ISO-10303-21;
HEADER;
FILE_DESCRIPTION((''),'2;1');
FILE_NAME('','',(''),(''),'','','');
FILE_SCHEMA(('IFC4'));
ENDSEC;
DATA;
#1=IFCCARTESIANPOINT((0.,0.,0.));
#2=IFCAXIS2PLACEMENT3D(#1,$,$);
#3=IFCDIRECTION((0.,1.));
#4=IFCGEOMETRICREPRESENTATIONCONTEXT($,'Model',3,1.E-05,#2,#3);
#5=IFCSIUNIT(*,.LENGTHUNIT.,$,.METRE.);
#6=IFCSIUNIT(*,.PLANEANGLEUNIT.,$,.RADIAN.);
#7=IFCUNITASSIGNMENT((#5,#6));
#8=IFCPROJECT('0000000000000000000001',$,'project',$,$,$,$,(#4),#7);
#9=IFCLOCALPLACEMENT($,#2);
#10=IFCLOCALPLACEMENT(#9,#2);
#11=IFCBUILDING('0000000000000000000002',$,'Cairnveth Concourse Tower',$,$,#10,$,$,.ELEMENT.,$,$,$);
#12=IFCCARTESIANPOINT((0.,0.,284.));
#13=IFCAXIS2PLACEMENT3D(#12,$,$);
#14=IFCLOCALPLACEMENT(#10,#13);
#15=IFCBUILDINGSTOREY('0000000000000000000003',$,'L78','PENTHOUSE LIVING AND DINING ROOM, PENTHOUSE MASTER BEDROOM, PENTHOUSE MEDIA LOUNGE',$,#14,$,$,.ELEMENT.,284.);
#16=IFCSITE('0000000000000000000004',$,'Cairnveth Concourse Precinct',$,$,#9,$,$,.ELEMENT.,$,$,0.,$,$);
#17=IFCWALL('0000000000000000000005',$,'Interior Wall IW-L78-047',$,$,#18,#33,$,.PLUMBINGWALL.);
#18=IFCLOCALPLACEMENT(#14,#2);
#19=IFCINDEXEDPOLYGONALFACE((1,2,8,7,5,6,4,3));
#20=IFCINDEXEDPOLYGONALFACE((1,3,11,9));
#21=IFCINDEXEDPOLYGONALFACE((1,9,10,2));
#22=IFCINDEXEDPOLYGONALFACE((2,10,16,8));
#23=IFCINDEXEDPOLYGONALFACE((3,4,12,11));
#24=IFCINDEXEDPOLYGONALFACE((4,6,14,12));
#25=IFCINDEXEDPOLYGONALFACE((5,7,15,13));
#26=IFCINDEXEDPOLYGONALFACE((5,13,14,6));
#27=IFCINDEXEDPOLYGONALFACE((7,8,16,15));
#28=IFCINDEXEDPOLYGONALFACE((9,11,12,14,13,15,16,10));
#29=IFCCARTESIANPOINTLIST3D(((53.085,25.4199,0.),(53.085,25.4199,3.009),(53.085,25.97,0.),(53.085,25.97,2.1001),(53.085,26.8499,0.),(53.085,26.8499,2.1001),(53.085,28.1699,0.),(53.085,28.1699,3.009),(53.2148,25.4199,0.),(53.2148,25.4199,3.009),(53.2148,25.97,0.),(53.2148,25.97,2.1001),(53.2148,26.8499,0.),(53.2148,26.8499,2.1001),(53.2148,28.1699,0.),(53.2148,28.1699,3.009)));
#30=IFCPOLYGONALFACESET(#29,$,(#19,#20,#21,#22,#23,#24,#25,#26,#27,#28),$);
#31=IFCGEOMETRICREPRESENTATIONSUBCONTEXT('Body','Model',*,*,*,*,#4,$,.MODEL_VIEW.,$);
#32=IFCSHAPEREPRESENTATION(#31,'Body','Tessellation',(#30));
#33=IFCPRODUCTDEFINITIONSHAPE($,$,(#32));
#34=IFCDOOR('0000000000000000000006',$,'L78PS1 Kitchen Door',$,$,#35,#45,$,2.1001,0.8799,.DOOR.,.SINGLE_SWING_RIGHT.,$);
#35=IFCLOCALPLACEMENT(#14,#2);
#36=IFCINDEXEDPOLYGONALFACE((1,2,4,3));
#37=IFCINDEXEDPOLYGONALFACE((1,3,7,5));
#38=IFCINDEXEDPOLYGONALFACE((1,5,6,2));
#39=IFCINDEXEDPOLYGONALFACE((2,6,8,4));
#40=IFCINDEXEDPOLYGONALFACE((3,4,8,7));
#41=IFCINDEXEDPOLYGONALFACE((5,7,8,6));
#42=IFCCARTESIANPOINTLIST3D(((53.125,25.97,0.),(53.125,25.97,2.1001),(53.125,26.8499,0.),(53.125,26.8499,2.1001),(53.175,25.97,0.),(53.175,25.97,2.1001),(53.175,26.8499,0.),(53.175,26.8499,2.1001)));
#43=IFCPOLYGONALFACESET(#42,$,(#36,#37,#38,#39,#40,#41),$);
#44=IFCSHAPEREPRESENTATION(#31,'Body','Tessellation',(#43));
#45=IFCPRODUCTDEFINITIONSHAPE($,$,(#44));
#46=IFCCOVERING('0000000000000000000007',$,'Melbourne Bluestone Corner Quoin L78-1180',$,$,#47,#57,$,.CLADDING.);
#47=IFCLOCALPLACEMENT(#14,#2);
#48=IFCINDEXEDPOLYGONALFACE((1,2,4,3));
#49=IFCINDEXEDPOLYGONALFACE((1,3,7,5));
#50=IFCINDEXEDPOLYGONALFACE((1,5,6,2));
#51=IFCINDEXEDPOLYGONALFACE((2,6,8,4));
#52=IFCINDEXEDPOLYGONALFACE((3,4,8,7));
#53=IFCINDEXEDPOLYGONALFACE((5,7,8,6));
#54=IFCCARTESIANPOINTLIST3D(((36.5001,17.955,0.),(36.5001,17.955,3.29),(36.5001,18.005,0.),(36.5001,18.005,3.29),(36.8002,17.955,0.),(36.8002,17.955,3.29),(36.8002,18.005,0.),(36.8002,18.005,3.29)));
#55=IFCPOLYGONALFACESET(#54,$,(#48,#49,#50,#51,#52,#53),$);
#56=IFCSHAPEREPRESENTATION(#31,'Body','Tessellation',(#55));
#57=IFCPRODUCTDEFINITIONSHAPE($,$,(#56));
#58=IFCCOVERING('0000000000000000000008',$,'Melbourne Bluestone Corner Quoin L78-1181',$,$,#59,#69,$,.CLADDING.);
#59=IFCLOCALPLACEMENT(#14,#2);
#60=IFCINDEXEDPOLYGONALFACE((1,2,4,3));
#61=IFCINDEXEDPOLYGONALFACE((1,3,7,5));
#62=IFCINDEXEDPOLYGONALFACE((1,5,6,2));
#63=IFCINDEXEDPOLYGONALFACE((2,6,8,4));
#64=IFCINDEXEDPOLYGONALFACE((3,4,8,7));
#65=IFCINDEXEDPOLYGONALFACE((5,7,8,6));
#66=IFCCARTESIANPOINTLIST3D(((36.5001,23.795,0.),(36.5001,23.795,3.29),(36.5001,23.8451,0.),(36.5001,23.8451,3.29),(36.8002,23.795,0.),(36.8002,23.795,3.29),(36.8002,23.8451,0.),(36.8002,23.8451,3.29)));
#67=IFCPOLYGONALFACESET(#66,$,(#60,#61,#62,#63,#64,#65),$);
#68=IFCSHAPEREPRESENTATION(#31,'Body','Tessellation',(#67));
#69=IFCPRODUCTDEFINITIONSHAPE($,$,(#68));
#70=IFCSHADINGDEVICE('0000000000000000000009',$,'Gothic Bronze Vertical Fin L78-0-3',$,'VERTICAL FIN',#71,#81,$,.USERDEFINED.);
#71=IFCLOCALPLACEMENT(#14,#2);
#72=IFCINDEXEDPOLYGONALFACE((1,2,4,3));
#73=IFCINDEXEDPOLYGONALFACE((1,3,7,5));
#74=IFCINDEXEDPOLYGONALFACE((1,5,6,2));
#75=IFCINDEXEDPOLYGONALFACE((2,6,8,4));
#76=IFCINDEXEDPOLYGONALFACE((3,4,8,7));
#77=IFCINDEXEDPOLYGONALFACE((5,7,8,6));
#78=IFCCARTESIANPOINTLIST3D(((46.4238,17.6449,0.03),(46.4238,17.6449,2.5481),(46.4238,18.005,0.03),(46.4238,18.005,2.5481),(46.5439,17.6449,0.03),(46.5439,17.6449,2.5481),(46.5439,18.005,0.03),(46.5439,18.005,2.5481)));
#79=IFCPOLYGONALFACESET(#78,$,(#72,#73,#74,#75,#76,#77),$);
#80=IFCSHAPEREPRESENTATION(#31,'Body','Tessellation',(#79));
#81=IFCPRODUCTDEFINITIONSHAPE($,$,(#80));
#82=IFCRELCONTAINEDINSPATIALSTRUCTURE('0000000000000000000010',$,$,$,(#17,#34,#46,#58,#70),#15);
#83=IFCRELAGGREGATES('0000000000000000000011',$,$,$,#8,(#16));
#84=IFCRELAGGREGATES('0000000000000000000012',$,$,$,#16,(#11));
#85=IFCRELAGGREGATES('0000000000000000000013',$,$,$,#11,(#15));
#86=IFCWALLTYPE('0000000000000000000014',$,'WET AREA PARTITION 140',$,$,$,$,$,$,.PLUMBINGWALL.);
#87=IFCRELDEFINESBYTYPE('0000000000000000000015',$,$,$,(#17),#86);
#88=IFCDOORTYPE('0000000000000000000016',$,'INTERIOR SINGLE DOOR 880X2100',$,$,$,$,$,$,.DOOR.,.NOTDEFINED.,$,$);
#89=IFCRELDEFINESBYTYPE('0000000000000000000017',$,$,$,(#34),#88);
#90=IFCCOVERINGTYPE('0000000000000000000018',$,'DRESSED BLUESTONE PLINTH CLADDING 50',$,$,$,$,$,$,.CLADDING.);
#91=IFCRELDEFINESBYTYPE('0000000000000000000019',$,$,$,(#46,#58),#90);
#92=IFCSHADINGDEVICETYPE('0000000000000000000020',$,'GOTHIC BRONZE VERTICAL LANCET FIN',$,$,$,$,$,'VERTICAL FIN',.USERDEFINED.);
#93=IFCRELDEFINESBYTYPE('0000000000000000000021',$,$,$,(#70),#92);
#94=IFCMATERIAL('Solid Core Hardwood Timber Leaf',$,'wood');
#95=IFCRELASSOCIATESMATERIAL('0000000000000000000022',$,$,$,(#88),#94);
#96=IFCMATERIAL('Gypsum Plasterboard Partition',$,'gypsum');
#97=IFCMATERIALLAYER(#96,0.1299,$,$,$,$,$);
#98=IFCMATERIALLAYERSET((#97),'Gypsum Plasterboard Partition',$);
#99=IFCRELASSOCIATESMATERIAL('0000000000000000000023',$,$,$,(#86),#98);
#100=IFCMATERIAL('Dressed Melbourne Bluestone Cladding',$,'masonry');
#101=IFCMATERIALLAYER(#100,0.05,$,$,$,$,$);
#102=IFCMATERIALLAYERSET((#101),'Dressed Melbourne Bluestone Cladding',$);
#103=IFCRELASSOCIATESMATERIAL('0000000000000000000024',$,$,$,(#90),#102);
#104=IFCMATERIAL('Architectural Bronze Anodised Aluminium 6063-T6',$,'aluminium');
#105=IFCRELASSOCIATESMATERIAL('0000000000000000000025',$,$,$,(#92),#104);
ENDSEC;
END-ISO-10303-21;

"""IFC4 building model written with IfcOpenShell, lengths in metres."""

from ifc_helpers import new_model, si_unit, direction, frame, frame_2d, origin, origin_2d, place, context, subcontext, project, spatial, rectangle, extrude, material, layer, layer_set, type_object, element, fill, save


model = new_model("IFC4")

# Units and contexts
model_context = context("Model", 3, precision=1e-05, world=origin(), true_north=direction((0.0, 1.0)))
body_context = subcontext(model_context, "Body", "Model", "MODEL_VIEW")
ifc_project = project(units=[si_unit("LENGTHUNIT", "METRE"), si_unit("PLANEANGLEUNIT", "RADIAN")], contexts=[model_context])

# Site, building, storey
site_placement = place(None, origin())
site = spatial("IfcSite", under=ifc_project, at=site_placement, Name="Cairnveth Concourse Precinct", CompositionType="ELEMENT", RefElevation=0.0)
building_placement = place(site_placement, origin())
building = spatial("IfcBuilding", under=site, at=building_placement, Name="Cairnveth Concourse Tower", CompositionType="ELEMENT")
storey_placement = place(building_placement, frame((0.0, 0.0, 284.0)))
storey = spatial("IfcBuildingStorey", under=building, at=storey_placement, Name="L78", Description="PENTHOUSE LIVING AND DINING ROOM, PENTHOUSE MASTER BEDROOM, PENTHOUSE MEDIA LOUNGE", CompositionType="ELEMENT", Elevation=284.0)

# Shared definitions
ifc_material_1 = material(Name="Gypsum Plasterboard Partition", Category="gypsum")
ifc_material_2 = material(Name="Solid Core Hardwood Timber Leaf", Category="wood")
door_type_1 = type_object("IfcDoorType", Name="INTERIOR SINGLE DOOR 880X2100", OperationType="NOTDEFINED", PredefinedType="DOOR", material=ifc_material_2)

# Shared definitions
ifc_layer_1 = layer(ifc_material_1, 0.1299)
ifc_layer_set_1 = layer_set([ifc_layer_1], Name="Gypsum Plasterboard Partition")
wall_type_1 = type_object("IfcWallType", Name="WET AREA PARTITION 140", PredefinedType="PLUMBINGWALL", material=ifc_layer_set_1)

# Wall, opening, door
wall_1_placement = place(storey_placement, frame((53.1499, 25.4199, 0.0), z_axis=(0.0, 0.0, 1.0), x_axis=(0.0, 1.0, 0.0)))
wall_1 = element("IfcWall", 1, at=wall_1_placement, inside=storey, type_object=wall_type_1, Name="Interior Wall IW-L78-047", PredefinedType="PLUMBINGWALL", context=body_context, shape_type="SweptSolid", body=[
    extrude(rectangle(XDim=2.75, YDim=0.1299, at=frame_2d((1.375, 0.0))), origin(), (0.0, 0.0, 1.0), 3.009),
])
opening_1_placement = place(wall_1_placement, frame((0.55, 0.0, 0.0)))
opening_1 = element("IfcOpeningElement", 2, at=opening_1_placement, cuts=wall_1, PredefinedType="OPENING", context=body_context, shape_type="SweptSolid", body=[
    extrude(rectangle(XDim=0.8799, YDim=2.1001, at=frame_2d((0.4399, 1.05))), frame((0.0, 0.075, 0.0), z_axis=(0.0, -1.0, 0.0), x_axis=(1.0, 0.0, 0.0)), (0.0, 0.0, 1.0), 0.1499),
])
door_1_placement = place(opening_1_placement, origin())
door_1 = element("IfcDoor", 3, at=door_1_placement, inside=storey, type_object=door_type_1, Name="L78PS1 Kitchen Door", OperationType="SINGLE_SWING_RIGHT", OverallHeight=2.1001, OverallWidth=0.8799, PredefinedType="DOOR", context=body_context, shape_type="SweptSolid", body=[
    extrude(rectangle(XDim=0.8799, YDim=2.1001, at=frame_2d((0.4399, 1.05))), frame((0.0, 0.0249, 0.0), z_axis=(0.0, -1.0, 0.0), x_axis=(1.0, 0.0, 0.0)), (0.0, 0.0, 1.0), 0.05),
])
fill(opening_1, door_1)

# Coverings
ifc_material_3 = material(Name="Dressed Melbourne Bluestone Cladding", Category="masonry")
ifc_layer_2 = layer(ifc_material_3, 0.05)
ifc_layer_set_2 = layer_set([ifc_layer_2], Name="Dressed Melbourne Bluestone Cladding")
covering_type = type_object("IfcCoveringType", Name="DRESSED BLUESTONE PLINTH CLADDING 50", PredefinedType="CLADDING", material=ifc_layer_set_2)
for number, where, z_axis, x_axis, name in (
    (4, (36.8, 17.98, 0.0), (0.0, 0.0, 1.0), (-1.0, 0.0, 0.0), "Melbourne Bluestone Corner Quoin L78-1180"),
    (5, (36.8, 23.8201, 0.0), (0.0, 0.0, 1.0), (-1.0, 0.0, 0.0), "Melbourne Bluestone Corner Quoin L78-1181"),
):
    element("IfcCovering", number, at=place(storey_placement, frame(where, z_axis=z_axis, x_axis=x_axis)), inside=storey, type_object=covering_type, Name=name, PredefinedType="CLADDING", context=body_context, shape_type="SweptSolid", body=[
        extrude(rectangle(XDim=0.3, YDim=0.05, at=frame_2d((0.1499, 0.0))), origin(), (0.0, 0.0, 1.0), 3.29),
    ])

# Shading device
ifc_material_4 = material(Name="Architectural Bronze Anodised Aluminium 6063-T6", Category="aluminium")
shading_device_type = type_object("IfcShadingDeviceType", Name="GOTHIC BRONZE VERTICAL LANCET FIN", ElementType="VERTICAL FIN", PredefinedType="USERDEFINED", material=ifc_material_4)
shading_device_placement = place(storey_placement, frame((46.4839, 17.825, 0.03), z_axis=(0.0, 0.0, 1.0), x_axis=(1.0, 0.0, 0.0)))
element("IfcShadingDevice", 6, at=shading_device_placement, inside=storey, type_object=shading_device_type, Name="Gothic Bronze Vertical Fin L78-0-3", ObjectType="VERTICAL FIN", PredefinedType="USERDEFINED", context=body_context, shape_type="SweptSolid", body=[
    extrude(rectangle(XDim=0.1201, YDim=0.3601, at=origin_2d()), origin(), (0.0, 0.0, 1.0), 2.5181),
])

save(model, "model.ifc")
